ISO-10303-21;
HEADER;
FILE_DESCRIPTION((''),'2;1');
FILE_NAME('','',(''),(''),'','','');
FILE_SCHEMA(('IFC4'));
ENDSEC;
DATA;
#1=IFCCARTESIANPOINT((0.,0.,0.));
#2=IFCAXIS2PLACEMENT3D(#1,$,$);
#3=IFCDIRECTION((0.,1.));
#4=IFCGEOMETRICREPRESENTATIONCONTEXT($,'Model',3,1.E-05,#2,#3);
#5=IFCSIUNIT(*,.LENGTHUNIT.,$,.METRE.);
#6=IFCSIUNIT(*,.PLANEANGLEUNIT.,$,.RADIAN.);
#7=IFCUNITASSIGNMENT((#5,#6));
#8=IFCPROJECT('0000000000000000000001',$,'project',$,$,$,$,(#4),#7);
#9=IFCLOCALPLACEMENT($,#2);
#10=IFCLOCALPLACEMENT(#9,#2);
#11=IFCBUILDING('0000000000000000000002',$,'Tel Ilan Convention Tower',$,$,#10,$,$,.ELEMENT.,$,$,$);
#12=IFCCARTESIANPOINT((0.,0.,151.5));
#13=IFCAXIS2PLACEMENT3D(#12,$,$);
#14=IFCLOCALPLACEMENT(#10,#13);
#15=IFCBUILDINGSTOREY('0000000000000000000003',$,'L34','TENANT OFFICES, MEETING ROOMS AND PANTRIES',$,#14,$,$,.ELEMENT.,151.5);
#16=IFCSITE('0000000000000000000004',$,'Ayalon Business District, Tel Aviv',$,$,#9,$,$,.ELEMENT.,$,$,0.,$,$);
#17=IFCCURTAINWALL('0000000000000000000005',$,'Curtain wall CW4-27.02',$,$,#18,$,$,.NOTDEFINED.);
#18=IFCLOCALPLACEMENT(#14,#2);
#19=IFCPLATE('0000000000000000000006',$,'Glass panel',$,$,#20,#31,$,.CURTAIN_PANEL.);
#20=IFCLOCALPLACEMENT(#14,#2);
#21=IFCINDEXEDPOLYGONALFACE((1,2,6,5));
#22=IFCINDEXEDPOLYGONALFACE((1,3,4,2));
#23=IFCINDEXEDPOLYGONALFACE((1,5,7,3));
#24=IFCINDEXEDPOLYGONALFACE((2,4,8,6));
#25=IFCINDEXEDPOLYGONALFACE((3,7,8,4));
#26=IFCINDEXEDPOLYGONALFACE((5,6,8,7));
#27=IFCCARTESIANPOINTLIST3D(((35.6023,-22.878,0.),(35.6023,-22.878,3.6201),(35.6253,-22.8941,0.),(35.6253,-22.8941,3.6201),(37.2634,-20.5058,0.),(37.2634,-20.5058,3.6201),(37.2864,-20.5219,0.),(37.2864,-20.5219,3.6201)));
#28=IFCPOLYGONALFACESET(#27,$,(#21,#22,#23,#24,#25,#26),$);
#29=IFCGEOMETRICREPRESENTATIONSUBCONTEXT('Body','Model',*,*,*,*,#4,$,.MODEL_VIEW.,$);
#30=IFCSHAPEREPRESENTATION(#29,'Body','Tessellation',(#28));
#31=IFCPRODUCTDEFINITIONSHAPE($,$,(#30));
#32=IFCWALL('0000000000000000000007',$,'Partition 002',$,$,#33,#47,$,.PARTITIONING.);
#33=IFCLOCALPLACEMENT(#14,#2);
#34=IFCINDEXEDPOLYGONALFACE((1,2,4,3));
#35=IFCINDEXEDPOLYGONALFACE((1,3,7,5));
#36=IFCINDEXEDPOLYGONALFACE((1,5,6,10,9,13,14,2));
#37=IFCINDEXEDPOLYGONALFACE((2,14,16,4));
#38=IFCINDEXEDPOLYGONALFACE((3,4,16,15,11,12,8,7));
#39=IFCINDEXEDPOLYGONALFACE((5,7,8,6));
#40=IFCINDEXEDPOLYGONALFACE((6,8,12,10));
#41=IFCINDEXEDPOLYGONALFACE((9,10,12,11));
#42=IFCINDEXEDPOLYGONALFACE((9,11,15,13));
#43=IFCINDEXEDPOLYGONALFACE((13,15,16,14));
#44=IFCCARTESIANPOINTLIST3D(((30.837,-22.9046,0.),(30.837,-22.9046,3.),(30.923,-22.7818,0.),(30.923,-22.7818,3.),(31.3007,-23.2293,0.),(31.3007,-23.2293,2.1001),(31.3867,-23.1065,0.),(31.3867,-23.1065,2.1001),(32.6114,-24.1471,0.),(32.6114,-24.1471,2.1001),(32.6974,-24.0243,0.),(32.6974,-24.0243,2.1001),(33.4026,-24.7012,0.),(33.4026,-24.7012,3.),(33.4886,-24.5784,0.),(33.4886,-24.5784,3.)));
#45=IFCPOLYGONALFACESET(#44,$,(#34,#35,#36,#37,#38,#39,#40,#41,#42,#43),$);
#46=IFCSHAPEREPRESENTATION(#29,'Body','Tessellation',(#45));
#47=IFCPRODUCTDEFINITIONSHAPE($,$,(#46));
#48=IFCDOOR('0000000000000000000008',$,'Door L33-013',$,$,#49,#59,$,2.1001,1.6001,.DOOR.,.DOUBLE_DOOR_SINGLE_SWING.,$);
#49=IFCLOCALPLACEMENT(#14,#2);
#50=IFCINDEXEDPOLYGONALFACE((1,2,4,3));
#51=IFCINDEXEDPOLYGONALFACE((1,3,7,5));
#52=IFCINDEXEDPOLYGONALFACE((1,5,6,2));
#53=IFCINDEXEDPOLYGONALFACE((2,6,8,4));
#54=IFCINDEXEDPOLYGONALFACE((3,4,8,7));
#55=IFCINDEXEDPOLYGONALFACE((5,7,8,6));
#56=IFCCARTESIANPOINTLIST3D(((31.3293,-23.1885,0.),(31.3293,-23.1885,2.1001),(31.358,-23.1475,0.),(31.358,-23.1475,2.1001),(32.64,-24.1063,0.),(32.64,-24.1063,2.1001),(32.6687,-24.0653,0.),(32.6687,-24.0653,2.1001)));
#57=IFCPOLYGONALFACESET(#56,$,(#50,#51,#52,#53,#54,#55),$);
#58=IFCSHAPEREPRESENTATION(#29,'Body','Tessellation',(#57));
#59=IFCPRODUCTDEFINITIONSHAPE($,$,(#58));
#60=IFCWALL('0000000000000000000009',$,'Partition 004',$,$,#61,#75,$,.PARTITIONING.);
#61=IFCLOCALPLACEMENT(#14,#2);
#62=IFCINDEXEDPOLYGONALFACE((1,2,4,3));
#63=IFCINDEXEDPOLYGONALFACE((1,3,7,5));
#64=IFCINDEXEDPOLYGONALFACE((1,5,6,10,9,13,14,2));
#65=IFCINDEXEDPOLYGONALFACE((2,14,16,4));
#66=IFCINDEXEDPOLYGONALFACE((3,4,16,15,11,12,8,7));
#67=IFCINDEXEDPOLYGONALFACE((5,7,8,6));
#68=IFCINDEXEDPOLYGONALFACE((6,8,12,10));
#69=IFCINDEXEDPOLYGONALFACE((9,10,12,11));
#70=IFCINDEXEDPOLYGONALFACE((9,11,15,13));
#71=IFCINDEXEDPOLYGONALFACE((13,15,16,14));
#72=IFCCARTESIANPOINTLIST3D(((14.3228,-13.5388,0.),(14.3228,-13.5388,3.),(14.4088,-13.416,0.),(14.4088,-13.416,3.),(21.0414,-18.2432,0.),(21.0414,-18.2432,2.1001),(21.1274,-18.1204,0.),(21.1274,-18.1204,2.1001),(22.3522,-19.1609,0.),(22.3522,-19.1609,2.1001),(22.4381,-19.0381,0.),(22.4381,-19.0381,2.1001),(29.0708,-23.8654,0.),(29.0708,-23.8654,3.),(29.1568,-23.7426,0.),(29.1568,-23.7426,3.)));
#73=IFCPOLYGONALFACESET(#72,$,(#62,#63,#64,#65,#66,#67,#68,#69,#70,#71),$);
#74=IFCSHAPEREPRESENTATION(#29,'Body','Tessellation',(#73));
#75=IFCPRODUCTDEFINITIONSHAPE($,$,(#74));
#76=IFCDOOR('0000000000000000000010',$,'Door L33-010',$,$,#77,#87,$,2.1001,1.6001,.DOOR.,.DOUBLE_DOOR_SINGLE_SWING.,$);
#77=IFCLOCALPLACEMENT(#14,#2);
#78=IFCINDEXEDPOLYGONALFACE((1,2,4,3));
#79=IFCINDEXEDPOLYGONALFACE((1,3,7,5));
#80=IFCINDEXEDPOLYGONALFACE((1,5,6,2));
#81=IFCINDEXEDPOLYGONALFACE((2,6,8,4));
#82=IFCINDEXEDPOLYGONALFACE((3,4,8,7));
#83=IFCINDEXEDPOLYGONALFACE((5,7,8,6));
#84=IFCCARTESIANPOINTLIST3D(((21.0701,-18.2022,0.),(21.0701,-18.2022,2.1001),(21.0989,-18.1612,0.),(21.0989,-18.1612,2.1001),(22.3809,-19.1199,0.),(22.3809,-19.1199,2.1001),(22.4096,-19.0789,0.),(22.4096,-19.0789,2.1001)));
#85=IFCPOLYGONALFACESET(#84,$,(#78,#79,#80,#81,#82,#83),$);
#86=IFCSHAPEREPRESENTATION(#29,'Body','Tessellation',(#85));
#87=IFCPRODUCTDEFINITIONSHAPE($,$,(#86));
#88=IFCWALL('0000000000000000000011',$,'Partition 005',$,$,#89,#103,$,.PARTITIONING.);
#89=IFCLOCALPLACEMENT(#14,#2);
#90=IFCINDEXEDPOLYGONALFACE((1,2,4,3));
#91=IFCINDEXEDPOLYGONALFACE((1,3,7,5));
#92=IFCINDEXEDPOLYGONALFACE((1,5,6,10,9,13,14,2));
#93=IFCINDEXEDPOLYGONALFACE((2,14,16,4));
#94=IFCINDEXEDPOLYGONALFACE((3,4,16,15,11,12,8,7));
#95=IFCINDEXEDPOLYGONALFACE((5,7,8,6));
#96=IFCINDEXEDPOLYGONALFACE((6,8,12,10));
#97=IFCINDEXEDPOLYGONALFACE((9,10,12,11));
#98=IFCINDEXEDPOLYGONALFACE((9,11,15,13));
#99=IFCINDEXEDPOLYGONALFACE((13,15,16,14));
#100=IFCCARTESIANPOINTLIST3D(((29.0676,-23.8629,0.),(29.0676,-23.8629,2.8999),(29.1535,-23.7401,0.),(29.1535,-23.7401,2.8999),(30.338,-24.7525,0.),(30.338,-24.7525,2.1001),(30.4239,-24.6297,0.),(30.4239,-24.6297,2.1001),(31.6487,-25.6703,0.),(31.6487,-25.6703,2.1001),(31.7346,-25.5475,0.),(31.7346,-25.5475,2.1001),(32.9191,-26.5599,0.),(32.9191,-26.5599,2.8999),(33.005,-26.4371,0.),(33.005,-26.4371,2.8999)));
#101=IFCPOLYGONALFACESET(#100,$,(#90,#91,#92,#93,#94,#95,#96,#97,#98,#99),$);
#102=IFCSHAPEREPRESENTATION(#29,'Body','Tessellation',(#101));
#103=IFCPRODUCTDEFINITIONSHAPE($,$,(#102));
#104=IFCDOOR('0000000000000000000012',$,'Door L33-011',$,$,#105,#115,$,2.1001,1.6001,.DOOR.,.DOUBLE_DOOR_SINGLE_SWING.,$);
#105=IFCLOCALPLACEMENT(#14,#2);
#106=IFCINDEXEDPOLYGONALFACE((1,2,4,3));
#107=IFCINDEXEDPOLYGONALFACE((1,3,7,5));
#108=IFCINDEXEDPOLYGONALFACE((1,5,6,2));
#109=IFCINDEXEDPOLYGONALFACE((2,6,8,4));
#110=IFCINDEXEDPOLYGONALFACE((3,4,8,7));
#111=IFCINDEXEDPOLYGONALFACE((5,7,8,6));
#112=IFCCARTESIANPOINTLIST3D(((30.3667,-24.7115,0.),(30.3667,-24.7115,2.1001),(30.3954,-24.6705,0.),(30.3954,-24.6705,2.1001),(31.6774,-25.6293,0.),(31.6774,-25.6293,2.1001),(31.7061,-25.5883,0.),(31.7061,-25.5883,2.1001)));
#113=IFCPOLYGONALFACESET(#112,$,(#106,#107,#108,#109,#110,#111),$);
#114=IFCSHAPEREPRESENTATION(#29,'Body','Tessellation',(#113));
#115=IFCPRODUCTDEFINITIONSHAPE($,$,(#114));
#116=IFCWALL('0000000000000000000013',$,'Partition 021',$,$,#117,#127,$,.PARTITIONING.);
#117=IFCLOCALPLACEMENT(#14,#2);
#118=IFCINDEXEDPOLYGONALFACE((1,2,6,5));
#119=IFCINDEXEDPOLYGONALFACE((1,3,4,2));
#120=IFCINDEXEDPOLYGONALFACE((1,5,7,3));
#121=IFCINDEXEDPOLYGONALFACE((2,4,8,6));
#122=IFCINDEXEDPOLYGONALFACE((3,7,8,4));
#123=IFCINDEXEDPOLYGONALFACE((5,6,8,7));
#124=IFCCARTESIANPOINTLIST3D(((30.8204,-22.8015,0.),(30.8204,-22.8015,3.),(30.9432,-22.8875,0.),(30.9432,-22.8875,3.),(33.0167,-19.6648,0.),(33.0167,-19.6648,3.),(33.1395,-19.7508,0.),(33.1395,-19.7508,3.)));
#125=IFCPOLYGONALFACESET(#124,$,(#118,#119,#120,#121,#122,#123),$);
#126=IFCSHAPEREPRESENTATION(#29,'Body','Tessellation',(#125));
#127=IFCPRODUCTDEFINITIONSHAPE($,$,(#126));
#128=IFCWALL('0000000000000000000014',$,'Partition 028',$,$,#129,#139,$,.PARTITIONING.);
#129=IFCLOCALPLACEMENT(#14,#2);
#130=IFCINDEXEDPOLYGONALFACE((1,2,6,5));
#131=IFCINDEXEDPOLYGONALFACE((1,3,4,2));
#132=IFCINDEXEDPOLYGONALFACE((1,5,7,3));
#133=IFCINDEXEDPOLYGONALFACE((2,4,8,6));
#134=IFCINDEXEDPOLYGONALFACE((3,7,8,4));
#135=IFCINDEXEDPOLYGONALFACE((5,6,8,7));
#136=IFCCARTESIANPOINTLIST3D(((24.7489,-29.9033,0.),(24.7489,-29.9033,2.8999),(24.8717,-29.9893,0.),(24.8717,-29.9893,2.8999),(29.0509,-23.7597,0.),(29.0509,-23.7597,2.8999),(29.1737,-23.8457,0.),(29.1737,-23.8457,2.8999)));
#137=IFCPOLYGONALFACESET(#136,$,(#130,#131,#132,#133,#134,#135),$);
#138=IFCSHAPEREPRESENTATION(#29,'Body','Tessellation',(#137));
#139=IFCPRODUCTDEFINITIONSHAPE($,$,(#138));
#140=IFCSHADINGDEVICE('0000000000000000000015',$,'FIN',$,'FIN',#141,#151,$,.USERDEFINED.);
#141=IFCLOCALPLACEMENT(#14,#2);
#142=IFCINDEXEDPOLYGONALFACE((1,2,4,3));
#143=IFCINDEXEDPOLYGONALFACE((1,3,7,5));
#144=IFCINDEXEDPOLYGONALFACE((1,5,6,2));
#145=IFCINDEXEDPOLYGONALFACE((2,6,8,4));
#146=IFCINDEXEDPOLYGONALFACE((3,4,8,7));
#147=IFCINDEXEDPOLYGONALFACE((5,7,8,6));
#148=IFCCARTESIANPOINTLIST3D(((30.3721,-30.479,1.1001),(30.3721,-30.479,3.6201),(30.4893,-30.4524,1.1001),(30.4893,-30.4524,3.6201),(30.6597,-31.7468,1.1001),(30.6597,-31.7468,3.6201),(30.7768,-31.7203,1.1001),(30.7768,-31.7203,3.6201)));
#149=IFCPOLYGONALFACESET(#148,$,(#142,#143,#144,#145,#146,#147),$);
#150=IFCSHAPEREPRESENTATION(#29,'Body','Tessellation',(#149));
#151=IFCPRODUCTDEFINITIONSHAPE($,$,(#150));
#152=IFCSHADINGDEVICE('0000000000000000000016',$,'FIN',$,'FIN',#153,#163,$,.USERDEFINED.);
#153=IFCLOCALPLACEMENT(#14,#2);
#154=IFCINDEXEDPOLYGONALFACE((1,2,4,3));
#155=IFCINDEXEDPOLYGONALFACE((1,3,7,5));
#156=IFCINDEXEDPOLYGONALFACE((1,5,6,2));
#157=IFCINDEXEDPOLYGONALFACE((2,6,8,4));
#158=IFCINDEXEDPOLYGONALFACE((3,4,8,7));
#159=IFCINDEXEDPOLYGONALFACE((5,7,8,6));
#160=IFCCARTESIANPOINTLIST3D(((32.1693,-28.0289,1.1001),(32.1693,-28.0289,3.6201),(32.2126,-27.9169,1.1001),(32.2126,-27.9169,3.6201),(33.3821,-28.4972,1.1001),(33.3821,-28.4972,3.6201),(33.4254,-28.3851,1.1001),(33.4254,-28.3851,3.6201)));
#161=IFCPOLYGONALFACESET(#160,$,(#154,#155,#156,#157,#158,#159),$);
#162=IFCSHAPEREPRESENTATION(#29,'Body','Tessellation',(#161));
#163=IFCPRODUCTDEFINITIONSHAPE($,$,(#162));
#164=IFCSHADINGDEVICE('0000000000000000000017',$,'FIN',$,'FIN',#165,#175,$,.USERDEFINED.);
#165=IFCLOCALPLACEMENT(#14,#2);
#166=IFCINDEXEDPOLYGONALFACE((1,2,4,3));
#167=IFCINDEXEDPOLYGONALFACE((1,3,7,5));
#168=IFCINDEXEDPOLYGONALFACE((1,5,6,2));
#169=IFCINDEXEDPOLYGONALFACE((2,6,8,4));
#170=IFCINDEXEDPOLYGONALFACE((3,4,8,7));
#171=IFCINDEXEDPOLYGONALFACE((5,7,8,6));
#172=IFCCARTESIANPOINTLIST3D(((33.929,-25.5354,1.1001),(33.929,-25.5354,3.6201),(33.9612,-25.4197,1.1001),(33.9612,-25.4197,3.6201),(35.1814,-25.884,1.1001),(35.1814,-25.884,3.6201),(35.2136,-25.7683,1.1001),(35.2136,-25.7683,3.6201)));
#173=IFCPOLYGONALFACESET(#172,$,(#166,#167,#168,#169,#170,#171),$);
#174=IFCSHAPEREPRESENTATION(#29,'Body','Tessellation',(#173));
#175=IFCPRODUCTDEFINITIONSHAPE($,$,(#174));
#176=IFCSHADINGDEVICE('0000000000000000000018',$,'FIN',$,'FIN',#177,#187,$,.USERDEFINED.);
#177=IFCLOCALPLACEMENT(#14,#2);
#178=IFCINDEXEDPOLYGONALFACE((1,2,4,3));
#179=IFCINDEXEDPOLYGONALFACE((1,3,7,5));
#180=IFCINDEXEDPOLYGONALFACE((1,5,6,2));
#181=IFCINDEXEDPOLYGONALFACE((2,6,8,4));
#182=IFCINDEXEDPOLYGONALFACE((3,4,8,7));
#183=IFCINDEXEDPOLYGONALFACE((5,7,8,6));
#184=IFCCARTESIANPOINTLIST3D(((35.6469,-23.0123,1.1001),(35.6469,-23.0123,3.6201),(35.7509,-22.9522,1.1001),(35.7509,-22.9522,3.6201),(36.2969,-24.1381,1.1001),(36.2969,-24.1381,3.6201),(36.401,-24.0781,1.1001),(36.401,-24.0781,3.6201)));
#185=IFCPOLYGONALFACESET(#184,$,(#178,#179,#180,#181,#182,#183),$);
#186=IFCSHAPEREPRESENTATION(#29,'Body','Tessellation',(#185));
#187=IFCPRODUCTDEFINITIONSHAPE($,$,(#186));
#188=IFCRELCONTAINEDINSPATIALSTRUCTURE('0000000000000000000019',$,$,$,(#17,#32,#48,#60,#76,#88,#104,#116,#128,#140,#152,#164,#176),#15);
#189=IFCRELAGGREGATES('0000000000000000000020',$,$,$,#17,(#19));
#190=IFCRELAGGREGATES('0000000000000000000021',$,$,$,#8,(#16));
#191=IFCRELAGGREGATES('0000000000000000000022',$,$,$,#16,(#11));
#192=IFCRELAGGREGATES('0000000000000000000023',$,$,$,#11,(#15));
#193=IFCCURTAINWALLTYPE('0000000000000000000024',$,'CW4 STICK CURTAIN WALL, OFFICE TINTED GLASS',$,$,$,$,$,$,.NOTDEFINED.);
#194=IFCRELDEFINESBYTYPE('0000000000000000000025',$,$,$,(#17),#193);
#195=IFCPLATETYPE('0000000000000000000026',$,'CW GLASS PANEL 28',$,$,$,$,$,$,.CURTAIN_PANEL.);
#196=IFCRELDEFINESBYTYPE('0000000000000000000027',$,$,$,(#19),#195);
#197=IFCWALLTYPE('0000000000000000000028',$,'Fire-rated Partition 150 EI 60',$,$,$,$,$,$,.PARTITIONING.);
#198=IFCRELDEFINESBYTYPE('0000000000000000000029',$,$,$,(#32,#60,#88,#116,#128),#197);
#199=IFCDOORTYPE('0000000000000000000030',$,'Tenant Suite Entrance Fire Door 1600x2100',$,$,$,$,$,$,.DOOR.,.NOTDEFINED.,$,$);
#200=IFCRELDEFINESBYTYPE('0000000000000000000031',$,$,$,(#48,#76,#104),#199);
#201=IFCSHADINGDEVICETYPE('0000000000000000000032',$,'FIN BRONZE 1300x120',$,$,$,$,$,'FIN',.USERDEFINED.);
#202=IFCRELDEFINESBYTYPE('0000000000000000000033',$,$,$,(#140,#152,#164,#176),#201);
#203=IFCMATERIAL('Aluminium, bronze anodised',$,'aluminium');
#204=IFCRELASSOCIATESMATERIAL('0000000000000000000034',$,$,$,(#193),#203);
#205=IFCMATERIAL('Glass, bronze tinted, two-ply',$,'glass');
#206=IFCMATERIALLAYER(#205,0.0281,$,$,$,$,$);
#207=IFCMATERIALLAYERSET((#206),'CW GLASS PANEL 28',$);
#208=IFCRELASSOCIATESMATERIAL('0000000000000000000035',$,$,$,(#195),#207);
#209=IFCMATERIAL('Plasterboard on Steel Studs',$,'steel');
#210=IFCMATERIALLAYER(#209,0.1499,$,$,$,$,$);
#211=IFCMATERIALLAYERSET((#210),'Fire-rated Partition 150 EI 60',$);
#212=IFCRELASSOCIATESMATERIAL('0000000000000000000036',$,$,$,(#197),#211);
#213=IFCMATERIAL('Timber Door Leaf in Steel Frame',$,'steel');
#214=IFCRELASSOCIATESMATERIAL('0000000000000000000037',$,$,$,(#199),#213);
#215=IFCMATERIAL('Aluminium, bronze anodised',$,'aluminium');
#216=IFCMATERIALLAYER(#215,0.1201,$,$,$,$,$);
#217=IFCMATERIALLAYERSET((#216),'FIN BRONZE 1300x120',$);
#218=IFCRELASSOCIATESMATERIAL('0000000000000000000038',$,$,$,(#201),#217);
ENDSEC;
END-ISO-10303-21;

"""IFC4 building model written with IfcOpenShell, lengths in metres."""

from ifc_helpers import new_model, si_unit, direction, frame, frame_2d, origin, origin_2d, place, context, subcontext, project, spatial, rectangle, extrude, material, layer, layer_set, type_object, element, fill, aggregate, save


model = new_model("IFC4")

# Units and contexts
model_context = context("Model", 3, precision=1e-05, world=origin(), true_north=direction((0.0, 1.0)))
body_context = subcontext(model_context, "Body", "Model", "MODEL_VIEW")
ifc_project = project(units=[si_unit("LENGTHUNIT", "METRE"), si_unit("PLANEANGLEUNIT", "RADIAN")], contexts=[model_context])

# Site, building, storey
site_placement = place(None, origin())
site = spatial("IfcSite", under=ifc_project, at=site_placement, Name="Ayalon Business District, Tel Aviv", CompositionType="ELEMENT", RefElevation=0.0)
building_placement = place(site_placement, origin())
building = spatial("IfcBuilding", under=site, at=building_placement, Name="Tel Ilan Convention Tower", CompositionType="ELEMENT")
storey_placement = place(building_placement, frame((0.0, 0.0, 151.5)))
storey = spatial("IfcBuildingStorey", under=building, at=storey_placement, Name="L34", Description="TENANT OFFICES, MEETING ROOMS AND PANTRIES", CompositionType="ELEMENT", Elevation=151.5)

# Curtain wall, plate
ifc_material_1 = material(Name="Aluminium, bronze anodised", Category="aluminium")
curtain_wall_type = type_object("IfcCurtainWallType", Name="CW4 STICK CURTAIN WALL, OFFICE TINTED GLASS", PredefinedType="NOTDEFINED", material=ifc_material_1)
curtain_wall_placement = place(storey_placement, origin())
curtain_wall = element("IfcCurtainWall", 1, at=curtain_wall_placement, inside=storey, type_object=curtain_wall_type, Name="Curtain wall CW4-27.02", PredefinedType="NOTDEFINED")
ifc_material_2 = material(Name="Glass, bronze tinted, two-ply", Category="glass")
ifc_layer_1 = layer(ifc_material_2, 0.0281)
ifc_layer_set_1 = layer_set([ifc_layer_1], Name="CW GLASS PANEL 28")
plate_type = type_object("IfcPlateType", Name="CW GLASS PANEL 28", PredefinedType="CURTAIN_PANEL", material=ifc_layer_set_1)
plate_1_placement = place(storey_placement, frame((36.4443, -21.7, 0.0), z_axis=(0.0, 0.0, 1.0), x_axis=(0.573576, 0.819152, 0.0)))
plate_1 = element("IfcPlate", 2, at=plate_1_placement, type_object=plate_type, Name="Glass panel", PredefinedType="CURTAIN_PANEL", context=body_context, shape_type="SweptSolid", body=[
    extrude(rectangle(XDim=2.896, YDim=0.0281, at=origin_2d()), origin(), (0.0, 0.0, 1.0), 3.6201),
])
aggregate(curtain_wall, [plate_1])

# Walls, openings, doors
ifc_material_3 = material(Name="Plasterboard on Steel Studs", Category="steel")
ifc_layer_2 = layer(ifc_material_3, 0.1499)
ifc_layer_set_2 = layer_set([ifc_layer_2], Name="Fire-rated Partition 150 EI 60")
wall_type = type_object("IfcWallType", Name="Fire-rated Partition 150 EI 60", PredefinedType="PARTITIONING", material=ifc_layer_set_2)
wall_1_placement = place(storey_placement, frame((30.8801, -22.8433, 0.0), z_axis=(0.0, 0.0, 1.0), x_axis=(0.819133, -0.573604, 0.0)))
wall_1 = element("IfcWall", 3, at=wall_1_placement, inside=storey, type_object=wall_type, Name="Partition 002", PredefinedType="PARTITIONING", context=body_context, shape_type="SweptSolid", body=[
    extrude(rectangle(XDim=3.1321, YDim=0.1499, at=frame_2d((1.5659, 0.0))), origin(), (0.0, 0.0, 1.0), 3.0),
])
opening_1_placement = place(wall_1_placement, frame((0.5659, 0.0, 0.0)))
opening_1 = element("IfcOpeningElement", 4, at=opening_1_placement, cuts=wall_1, PredefinedType="OPENING", context=body_context, shape_type="SweptSolid", body=[
    extrude(rectangle(XDim=1.6001, YDim=2.1001, at=frame_2d((0.8, 1.05))), frame((0.0, 0.085, 0.0), z_axis=(0.0, -1.0, 0.0), x_axis=(1.0, 0.0, 0.0)), (0.0, 0.0, 1.0), 0.1699),
])
ifc_material_4 = material(Name="Timber Door Leaf in Steel Frame", Category="steel")
door_type = type_object("IfcDoorType", Name="Tenant Suite Entrance Fire Door 1600x2100", OperationType="NOTDEFINED", PredefinedType="DOOR", material=ifc_material_4)
door_1_placement = place(opening_1_placement, origin())
door_1 = element("IfcDoor", 5, at=door_1_placement, inside=storey, type_object=door_type, Name="Door L33-013", OperationType="DOUBLE_DOOR_SINGLE_SWING", OverallHeight=2.1001, OverallWidth=1.6001, PredefinedType="DOOR", context=body_context, shape_type="SweptSolid", body=[
    extrude(rectangle(XDim=1.6001, YDim=2.1001, at=frame_2d((0.8, 1.05))), frame((0.0, 0.0249, 0.0), z_axis=(0.0, -1.0, 0.0), x_axis=(1.0, 0.0, 0.0)), (0.0, 0.0, 1.0), 0.05),
])
fill(opening_1, door_1)
wall_2_placement = place(storey_placement, frame((29.1138, -23.804, 0.0), z_axis=(0.0, 0.0, 1.0), x_axis=(-0.819153, 0.573575, 0.0)))
wall_2 = element("IfcWall", 6, at=wall_2_placement, inside=storey, type_object=wall_type, Name="Partition 004", PredefinedType="PARTITIONING", context=body_context, shape_type="SweptSolid", body=[
    extrude(rectangle(XDim=18.0039, YDim=0.1499, at=frame_2d((9.002, 0.0))), origin(), (0.0, 0.0, 1.0), 3.0),
])
opening_2_placement = place(wall_2_placement, frame((8.2019, 0.0, 0.0)))
opening_2 = element("IfcOpeningElement", 7, at=opening_2_placement, cuts=wall_2, PredefinedType="OPENING", context=body_context, shape_type="SweptSolid", body=[
    extrude(rectangle(XDim=1.6001, YDim=2.1001, at=frame_2d((0.8, 1.05))), frame((0.0, 0.085, 0.0), z_axis=(0.0, -1.0, 0.0), x_axis=(1.0, 0.0, 0.0)), (0.0, 0.0, 1.0), 0.1699),
])
door_2_placement = place(opening_2_placement, origin())
door_2 = element("IfcDoor", 8, at=door_2_placement, inside=storey, type_object=door_type, Name="Door L33-010", OperationType="DOUBLE_DOOR_SINGLE_SWING", OverallHeight=2.1001, OverallWidth=1.6001, PredefinedType="DOOR", context=body_context, shape_type="SweptSolid", body=[
    extrude(rectangle(XDim=1.6001, YDim=2.1001, at=frame_2d((0.8, 1.05))), frame((0.0, 0.0249, 0.0), z_axis=(0.0, -1.0, 0.0), x_axis=(1.0, 0.0, 0.0)), (0.0, 0.0, 1.0), 0.05),
])
fill(opening_2, door_2)
wall_3_placement = place(storey_placement, frame((32.9622, -26.4985, 0.0), z_axis=(0.0, 0.0, 1.0), x_axis=(-0.819139, 0.573595, 0.0)))
wall_3 = element("IfcWall", 9, at=wall_3_placement, inside=storey, type_object=wall_type, Name="Partition 005", PredefinedType="PARTITIONING", context=body_context, shape_type="SweptSolid", body=[
    extrude(rectangle(XDim=4.7019, YDim=0.1499, at=frame_2d((2.3511, 0.0))), origin(), (0.0, 0.0, 1.0), 2.8999),
])
opening_3_placement = place(wall_3_placement, frame((1.551, 0.0, 0.0)))
opening_3 = element("IfcOpeningElement", 10, at=opening_3_placement, cuts=wall_3, PredefinedType="OPENING", context=body_context, shape_type="SweptSolid", body=[
    extrude(rectangle(XDim=1.6001, YDim=2.1001, at=frame_2d((0.8, 1.05))), frame((0.0, 0.085, 0.0), z_axis=(0.0, -1.0, 0.0), x_axis=(1.0, 0.0, 0.0)), (0.0, 0.0, 1.0), 0.1699),
])
door_3_placement = place(opening_3_placement, origin())
door_3 = element("IfcDoor", 11, at=door_3_placement, inside=storey, type_object=door_type, Name="Door L33-011", OperationType="DOUBLE_DOOR_SINGLE_SWING", OverallHeight=2.1001, OverallWidth=1.6001, PredefinedType="DOOR", context=body_context, shape_type="SweptSolid", body=[
    extrude(rectangle(XDim=1.6001, YDim=2.1001, at=frame_2d((0.8, 1.05))), frame((0.0, 0.0249, 0.0), z_axis=(0.0, -1.0, 0.0), x_axis=(1.0, 0.0, 0.0)), (0.0, 0.0, 1.0), 0.05),
])
fill(opening_3, door_3)

# Walls
wall_4_placement = place(storey_placement, frame((30.8818, -22.8445, 0.0), z_axis=(0.0, 0.0, 1.0), x_axis=(0.573565, 0.81916, 0.0)))
element("IfcWall", 12, at=wall_4_placement, inside=storey, type_object=wall_type, Name="Partition 021", PredefinedType="PARTITIONING", context=body_context, shape_type="SweptSolid", body=[
    extrude(rectangle(XDim=3.8291, YDim=0.1499, at=frame_2d((1.9146, 0.0))), origin(), (0.0, 0.0, 1.0), 3.0),
])
wall_5_placement = place(storey_placement, frame((29.1123, -23.8027, 0.0), z_axis=(0.0, 0.0, 1.0), x_axis=(-0.573598, -0.819137, 0.0)))
element("IfcWall", 13, at=wall_5_placement, inside=storey, type_object=wall_type, Name="Partition 028", PredefinedType="PARTITIONING", context=body_context, shape_type="SweptSolid", body=[
    extrude(rectangle(XDim=7.5, YDim=0.1499, at=frame_2d((3.75, 0.0))), origin(), (0.0, 0.0, 1.0), 2.8999),
])

# Shading devices
ifc_material_5 = material(Name="Aluminium, bronze anodised", Category="aluminium")
ifc_layer_3 = layer(ifc_material_5, 0.1201)
ifc_layer_set_3 = layer_set([ifc_layer_3], Name="FIN BRONZE 1300x120")
shading_device_type = type_object("IfcShadingDeviceType", Name="FIN BRONZE 1300x120", ElementType="FIN", PredefinedType="USERDEFINED", material=ifc_layer_set_3)
for number, where, z_axis, x_axis, name in (
    (14, (30.5745, -31.0996, 1.1001), (0.0, 0.0, 1.0), (0.22117, -0.975235, 0.0), "FIN"),
    (15, (32.7974, -28.207, 1.1001), (0.0, 0.0, 1.0), (0.932884, -0.360178, 0.0), "FIN"),
    (16, (34.5713, -25.6519, 1.1001), (0.0, 0.0, 1.0), (0.963371, -0.268173, 0.0), "FIN"),
    (17, (36.0239, -23.5452, 1.1001), (0.0, 0.0, 1.0), (0.5, -0.866025, 0.0), "FIN"),
):
    element("IfcShadingDevice", number, at=place(storey_placement, frame(where, z_axis=z_axis, x_axis=x_axis)), inside=storey, type_object=shading_device_type, Name=name, ObjectType="FIN", PredefinedType="USERDEFINED", context=body_context, shape_type="SweptSolid", body=[
        extrude(rectangle(XDim=1.3, YDim=0.1201, at=origin_2d()), origin(), (0.0, 0.0, 1.0), 2.52),
    ])

save(model, "model.ifc")
